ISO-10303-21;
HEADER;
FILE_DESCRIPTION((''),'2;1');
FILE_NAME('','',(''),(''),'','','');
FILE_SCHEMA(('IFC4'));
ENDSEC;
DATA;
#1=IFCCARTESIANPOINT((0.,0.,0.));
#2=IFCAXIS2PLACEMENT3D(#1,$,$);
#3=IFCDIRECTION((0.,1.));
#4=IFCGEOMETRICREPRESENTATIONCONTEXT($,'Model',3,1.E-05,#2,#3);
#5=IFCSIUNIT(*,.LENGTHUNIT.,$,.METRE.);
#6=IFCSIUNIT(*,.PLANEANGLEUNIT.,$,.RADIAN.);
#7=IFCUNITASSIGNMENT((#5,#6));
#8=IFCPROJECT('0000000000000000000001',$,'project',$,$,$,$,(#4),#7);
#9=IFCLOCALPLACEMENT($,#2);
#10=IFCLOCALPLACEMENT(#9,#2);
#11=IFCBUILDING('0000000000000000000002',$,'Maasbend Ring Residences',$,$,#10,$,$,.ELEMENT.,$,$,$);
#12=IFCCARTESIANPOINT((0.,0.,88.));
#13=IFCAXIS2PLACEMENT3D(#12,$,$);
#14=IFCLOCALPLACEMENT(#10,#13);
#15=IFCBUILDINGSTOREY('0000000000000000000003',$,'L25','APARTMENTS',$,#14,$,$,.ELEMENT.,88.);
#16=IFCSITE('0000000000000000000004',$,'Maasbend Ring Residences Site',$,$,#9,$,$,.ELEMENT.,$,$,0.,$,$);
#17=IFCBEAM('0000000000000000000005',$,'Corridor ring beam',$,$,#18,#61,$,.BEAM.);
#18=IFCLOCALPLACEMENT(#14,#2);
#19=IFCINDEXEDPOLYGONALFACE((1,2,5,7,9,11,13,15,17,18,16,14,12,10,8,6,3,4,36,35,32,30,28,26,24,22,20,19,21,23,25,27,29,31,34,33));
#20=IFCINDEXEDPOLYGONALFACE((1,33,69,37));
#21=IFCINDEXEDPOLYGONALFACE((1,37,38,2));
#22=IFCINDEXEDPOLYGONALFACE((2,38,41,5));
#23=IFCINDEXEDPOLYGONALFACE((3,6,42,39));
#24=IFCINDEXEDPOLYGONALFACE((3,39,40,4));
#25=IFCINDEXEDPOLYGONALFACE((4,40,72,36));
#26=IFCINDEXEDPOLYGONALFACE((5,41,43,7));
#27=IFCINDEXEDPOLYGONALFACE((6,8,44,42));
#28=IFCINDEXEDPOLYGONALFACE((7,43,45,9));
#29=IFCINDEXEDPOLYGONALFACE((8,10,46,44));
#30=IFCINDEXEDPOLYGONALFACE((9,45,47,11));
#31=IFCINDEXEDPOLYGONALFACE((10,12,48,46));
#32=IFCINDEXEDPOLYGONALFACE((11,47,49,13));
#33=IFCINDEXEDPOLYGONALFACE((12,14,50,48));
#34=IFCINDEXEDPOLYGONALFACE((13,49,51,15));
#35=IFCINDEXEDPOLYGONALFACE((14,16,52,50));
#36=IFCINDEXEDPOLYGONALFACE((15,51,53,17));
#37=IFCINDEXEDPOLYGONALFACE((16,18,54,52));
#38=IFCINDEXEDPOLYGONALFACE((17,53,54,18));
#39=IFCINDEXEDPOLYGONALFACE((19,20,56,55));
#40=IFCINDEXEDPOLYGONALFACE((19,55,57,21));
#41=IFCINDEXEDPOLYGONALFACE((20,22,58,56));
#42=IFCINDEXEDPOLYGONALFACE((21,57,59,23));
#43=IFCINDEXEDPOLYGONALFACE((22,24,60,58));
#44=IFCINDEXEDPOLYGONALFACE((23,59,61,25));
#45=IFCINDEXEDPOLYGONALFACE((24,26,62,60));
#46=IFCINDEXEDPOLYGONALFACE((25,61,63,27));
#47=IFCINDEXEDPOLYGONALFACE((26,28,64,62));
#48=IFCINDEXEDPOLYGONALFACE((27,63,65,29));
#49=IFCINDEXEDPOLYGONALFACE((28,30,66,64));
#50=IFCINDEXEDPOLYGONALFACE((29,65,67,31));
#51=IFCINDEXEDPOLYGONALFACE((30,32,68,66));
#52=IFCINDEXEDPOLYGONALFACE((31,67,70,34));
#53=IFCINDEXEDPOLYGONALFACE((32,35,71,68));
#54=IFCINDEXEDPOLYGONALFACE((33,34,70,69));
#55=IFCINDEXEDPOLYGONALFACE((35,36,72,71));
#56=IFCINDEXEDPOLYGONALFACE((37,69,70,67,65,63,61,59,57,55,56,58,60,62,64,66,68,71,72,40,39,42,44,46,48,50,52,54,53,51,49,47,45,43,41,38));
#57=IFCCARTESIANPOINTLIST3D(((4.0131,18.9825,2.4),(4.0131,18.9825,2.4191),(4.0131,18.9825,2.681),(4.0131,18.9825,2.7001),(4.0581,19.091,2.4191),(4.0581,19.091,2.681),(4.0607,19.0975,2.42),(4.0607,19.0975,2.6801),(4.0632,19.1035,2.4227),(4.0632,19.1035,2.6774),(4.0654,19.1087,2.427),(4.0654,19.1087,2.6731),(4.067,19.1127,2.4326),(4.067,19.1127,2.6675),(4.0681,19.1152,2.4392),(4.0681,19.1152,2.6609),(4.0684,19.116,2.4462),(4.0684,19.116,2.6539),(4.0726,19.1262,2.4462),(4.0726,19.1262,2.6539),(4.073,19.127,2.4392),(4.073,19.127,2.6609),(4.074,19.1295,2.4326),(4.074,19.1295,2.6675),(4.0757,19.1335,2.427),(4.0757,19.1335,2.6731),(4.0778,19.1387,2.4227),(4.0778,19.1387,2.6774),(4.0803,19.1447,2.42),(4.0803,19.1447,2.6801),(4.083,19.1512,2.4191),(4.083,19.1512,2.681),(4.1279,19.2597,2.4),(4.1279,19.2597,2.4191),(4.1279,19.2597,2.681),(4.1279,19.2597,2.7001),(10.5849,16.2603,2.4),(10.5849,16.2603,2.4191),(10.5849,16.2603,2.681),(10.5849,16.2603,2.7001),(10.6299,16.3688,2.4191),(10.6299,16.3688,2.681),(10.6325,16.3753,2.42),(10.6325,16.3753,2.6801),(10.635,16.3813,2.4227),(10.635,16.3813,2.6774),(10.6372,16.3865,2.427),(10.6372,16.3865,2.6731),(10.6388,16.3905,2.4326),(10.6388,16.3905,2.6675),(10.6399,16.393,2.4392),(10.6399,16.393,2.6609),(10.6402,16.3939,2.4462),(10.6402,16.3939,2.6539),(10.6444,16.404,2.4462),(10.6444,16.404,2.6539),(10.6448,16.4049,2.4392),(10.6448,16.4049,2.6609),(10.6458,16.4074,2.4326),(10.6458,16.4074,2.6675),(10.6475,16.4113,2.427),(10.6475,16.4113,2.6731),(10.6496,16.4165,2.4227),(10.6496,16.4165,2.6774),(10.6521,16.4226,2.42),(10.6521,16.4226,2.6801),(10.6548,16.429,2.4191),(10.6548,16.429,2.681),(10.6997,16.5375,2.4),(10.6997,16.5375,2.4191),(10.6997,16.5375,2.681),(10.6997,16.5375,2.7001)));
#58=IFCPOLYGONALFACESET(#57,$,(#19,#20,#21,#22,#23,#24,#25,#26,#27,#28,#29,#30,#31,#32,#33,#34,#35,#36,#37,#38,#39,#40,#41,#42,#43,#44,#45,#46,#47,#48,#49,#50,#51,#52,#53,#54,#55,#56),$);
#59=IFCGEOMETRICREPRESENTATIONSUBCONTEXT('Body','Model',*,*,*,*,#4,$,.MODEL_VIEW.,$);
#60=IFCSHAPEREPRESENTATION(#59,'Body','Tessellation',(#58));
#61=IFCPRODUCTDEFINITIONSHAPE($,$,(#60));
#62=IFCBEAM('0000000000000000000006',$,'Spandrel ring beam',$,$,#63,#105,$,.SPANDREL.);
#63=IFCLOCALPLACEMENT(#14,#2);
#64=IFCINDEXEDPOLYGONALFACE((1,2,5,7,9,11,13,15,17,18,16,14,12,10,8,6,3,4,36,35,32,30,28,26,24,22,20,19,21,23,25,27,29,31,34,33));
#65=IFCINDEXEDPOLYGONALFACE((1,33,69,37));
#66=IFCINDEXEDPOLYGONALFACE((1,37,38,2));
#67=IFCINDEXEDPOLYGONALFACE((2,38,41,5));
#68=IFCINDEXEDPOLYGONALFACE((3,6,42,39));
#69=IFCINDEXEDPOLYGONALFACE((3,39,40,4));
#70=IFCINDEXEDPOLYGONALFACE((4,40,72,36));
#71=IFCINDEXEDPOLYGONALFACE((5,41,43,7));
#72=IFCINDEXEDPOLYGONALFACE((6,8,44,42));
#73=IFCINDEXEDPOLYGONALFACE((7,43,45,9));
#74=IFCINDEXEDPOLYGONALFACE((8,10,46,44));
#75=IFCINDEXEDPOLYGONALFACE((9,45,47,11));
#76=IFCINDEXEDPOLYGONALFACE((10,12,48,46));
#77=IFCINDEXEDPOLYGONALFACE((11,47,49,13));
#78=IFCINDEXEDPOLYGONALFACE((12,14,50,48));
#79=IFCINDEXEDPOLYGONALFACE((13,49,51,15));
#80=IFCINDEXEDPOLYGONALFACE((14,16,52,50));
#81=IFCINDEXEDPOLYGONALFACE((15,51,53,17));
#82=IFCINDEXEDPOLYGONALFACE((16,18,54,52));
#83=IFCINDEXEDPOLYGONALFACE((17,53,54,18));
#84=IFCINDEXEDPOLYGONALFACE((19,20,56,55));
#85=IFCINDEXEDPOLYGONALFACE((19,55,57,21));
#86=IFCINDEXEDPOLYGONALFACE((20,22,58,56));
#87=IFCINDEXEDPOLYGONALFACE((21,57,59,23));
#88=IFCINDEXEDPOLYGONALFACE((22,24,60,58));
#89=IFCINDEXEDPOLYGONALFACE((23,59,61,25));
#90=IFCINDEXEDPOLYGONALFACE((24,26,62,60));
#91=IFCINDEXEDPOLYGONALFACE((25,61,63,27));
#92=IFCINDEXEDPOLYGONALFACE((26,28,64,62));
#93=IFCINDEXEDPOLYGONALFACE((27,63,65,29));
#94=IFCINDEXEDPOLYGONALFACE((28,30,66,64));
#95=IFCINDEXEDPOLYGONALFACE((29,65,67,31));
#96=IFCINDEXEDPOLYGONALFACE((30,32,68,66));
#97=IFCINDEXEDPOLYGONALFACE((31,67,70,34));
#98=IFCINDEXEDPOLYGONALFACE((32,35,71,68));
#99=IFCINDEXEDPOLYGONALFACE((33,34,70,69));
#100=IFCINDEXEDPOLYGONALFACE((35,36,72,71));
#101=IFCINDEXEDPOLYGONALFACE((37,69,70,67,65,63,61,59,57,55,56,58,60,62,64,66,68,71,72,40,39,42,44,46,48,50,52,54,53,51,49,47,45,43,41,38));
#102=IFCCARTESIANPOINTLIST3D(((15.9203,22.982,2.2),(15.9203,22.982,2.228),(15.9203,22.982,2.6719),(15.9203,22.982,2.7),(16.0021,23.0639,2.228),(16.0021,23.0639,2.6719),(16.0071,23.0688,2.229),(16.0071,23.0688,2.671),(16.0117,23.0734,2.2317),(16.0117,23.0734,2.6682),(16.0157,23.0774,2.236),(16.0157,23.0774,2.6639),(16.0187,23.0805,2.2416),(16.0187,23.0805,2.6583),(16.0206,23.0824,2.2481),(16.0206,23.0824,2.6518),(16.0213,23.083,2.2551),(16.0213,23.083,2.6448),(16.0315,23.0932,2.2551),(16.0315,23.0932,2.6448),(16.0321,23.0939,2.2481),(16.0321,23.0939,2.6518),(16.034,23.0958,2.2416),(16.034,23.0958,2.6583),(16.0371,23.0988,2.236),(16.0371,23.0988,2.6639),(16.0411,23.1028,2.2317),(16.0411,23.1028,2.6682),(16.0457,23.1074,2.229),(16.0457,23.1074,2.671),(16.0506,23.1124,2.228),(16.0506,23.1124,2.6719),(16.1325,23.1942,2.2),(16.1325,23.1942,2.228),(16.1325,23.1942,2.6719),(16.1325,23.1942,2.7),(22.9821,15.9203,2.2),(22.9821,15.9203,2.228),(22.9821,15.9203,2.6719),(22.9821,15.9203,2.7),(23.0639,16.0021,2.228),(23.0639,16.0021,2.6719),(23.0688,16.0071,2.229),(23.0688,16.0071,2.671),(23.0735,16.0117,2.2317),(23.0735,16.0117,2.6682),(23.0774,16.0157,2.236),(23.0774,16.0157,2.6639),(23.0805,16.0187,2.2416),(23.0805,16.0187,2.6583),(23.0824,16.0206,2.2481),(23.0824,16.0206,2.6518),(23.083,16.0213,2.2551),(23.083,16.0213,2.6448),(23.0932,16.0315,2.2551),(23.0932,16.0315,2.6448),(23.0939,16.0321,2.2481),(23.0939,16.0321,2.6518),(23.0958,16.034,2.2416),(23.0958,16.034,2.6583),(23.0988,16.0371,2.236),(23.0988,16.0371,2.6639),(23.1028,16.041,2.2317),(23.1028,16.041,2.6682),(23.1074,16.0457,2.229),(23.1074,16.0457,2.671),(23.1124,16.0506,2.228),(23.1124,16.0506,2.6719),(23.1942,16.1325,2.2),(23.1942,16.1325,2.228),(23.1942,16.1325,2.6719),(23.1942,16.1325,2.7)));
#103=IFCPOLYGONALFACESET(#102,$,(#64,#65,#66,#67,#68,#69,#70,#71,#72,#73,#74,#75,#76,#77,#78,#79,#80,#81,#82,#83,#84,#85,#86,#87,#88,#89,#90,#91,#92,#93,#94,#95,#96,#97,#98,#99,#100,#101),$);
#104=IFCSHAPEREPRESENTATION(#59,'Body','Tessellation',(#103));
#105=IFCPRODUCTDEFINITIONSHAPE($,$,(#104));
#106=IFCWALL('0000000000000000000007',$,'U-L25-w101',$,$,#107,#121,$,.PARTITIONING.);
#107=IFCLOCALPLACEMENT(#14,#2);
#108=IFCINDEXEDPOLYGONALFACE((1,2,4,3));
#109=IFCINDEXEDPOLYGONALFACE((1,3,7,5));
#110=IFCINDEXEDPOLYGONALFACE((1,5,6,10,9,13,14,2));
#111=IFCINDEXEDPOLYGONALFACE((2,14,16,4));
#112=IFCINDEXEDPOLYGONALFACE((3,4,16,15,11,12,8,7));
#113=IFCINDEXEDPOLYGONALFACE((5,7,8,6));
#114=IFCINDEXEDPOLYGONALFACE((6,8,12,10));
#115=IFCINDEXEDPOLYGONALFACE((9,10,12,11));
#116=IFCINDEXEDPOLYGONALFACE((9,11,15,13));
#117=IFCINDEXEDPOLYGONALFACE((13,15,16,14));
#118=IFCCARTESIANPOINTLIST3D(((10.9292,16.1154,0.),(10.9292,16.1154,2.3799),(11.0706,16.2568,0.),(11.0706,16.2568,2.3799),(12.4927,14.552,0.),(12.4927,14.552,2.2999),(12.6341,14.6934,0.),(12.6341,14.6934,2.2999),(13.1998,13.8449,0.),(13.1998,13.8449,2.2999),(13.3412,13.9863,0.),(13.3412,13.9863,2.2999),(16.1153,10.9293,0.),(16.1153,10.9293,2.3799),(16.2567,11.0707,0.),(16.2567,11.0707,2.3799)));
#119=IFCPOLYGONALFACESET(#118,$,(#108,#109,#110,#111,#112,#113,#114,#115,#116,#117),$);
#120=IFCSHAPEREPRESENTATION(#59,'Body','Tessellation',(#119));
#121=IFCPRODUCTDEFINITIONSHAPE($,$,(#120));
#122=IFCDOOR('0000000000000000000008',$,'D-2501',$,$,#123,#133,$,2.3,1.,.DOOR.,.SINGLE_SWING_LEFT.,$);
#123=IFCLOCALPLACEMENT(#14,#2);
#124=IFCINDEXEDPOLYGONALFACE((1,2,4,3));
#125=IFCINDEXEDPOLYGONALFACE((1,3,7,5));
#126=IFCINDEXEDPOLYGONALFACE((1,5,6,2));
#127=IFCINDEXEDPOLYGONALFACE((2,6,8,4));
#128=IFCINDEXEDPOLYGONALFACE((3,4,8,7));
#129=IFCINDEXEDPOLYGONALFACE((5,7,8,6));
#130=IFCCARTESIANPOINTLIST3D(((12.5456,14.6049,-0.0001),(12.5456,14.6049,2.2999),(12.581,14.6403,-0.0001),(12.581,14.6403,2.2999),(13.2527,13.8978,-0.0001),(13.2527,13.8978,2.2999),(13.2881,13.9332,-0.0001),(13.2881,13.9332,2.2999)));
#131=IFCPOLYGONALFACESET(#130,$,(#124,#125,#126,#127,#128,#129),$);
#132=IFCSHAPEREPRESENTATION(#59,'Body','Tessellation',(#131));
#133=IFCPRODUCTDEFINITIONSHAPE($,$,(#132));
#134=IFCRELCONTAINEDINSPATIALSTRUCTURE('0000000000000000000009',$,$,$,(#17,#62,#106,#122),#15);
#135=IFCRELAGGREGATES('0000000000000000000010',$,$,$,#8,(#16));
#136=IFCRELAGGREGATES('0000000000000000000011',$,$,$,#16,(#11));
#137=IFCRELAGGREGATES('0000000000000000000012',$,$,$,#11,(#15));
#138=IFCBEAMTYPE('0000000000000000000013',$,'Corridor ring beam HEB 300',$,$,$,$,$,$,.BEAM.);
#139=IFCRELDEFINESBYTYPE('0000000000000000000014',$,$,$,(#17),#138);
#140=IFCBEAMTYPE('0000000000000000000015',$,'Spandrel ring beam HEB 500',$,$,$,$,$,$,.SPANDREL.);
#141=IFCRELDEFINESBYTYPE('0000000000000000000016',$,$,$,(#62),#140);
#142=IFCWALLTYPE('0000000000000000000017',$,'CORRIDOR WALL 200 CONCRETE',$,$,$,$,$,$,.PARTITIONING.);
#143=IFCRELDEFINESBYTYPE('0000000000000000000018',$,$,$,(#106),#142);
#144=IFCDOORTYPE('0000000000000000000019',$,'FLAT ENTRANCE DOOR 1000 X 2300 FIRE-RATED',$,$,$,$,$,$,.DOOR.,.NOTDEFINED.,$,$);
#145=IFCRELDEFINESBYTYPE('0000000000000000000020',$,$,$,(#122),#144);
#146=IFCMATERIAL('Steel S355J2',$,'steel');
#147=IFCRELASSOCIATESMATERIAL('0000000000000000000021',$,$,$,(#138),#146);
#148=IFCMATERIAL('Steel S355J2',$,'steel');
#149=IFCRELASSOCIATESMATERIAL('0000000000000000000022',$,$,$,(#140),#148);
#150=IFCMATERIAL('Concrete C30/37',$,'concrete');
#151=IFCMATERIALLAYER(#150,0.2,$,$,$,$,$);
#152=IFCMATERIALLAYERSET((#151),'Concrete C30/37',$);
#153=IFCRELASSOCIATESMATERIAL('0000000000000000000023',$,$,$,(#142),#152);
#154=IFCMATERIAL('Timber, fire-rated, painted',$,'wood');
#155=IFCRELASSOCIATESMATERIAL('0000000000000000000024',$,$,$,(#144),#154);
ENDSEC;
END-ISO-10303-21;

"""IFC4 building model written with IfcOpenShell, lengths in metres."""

from ifc_helpers import new_model, si_unit, direction, frame, frame_2d, origin, origin_2d, place, context, subcontext, project, spatial, rectangle, i_section, extrude, material, layer, layer_set, material_profile, profile_set, type_object, element, fill, save


model = new_model("IFC4")

# Units and contexts
model_context = context("Model", 3, precision=1e-05, world=origin(), true_north=direction((0.0, 1.0)))
body_context = subcontext(model_context, "Body", "Model", "MODEL_VIEW")
ifc_project = project(units=[si_unit("LENGTHUNIT", "METRE"), si_unit("PLANEANGLEUNIT", "RADIAN")], contexts=[model_context])

# Site, building, storey
site_placement = place(None, origin())
site = spatial("IfcSite", under=ifc_project, at=site_placement, Name="Maasbend Ring Residences Site", CompositionType="ELEMENT", RefElevation=0.0)
building_placement = place(site_placement, origin())
building = spatial("IfcBuilding", under=site, at=building_placement, Name="Maasbend Ring Residences", CompositionType="ELEMENT")
storey_placement = place(building_placement, frame((0.0, 0.0, 88.0)))
storey = spatial("IfcBuildingStorey", under=building, at=storey_placement, Name="L25", Description="APARTMENTS", CompositionType="ELEMENT", Elevation=88.0)

# Beams
ifc_material_1 = material(Name="Steel S355J2", Category="steel")
ifc_material_profile_1 = material_profile(ifc_material_1, i_section(OverallWidth=0.3, OverallDepth=0.3, WebThickness=0.011, FlangeThickness=0.019, FilletRadius=0.0271, at=origin_2d()), Name="HEB 300")
ifc_profile_set_1 = profile_set([ifc_material_profile_1], Name="Steel S355J2")
beam_type_1 = type_object("IfcBeamType", Name="Corridor ring beam HEB 300", PredefinedType="BEAM", material=ifc_profile_set_1)
for number, where, z_axis, x_axis, name in (
    (1, (10.6423, 16.3989, 2.55), (-0.923877, 0.382689, 0.0), (-0.382689, -0.923877, 0.0), "Corridor ring beam"),
):
    element("IfcBeam", number, at=place(storey_placement, frame(where, z_axis=z_axis, x_axis=x_axis)), inside=storey, type_object=beam_type_1, Name=name, PredefinedType="BEAM", context=body_context, shape_type="SweptSolid", body=[
        extrude(i_section(OverallWidth=0.3, OverallDepth=0.3, WebThickness=0.011, FlangeThickness=0.019, FilletRadius=0.0271, at=origin_2d()), origin(), (0.0, 0.0, 1.0), 7.1133),
    ])
ifc_material_2 = material(Name="Steel S355J2", Category="steel")
ifc_material_profile_2 = material_profile(ifc_material_2, i_section(OverallWidth=0.3, OverallDepth=0.5, WebThickness=0.0144, FlangeThickness=0.0281, FilletRadius=0.0271, at=origin_2d()), Name="HEB 500")
ifc_profile_set_2 = profile_set([ifc_material_profile_2], Name="Steel S355J2")
beam_type_2 = type_object("IfcBeamType", Name="Spandrel ring beam HEB 500", PredefinedType="SPANDREL", material=ifc_profile_set_2)
beam_placement = place(storey_placement, frame((23.0881, 16.0264, 2.45), z_axis=(-0.707107, 0.707107, 0.0), x_axis=(-0.707107, -0.707107, 0.0)))
element("IfcBeam", 2, at=beam_placement, inside=storey, type_object=beam_type_2, Name="Spandrel ring beam", PredefinedType="SPANDREL", context=body_context, shape_type="SweptSolid", body=[
    extrude(i_section(OverallWidth=0.3, OverallDepth=0.5, WebThickness=0.0144, FlangeThickness=0.0281, FilletRadius=0.0271, at=origin_2d()), origin(), (0.0, 0.0, 1.0), 9.9868),
])

# Wall, opening, door
ifc_material_3 = material(Name="Concrete C30/37", Category="concrete")
ifc_layer_1 = layer(ifc_material_3, 0.2)
ifc_layer_set_1 = layer_set([ifc_layer_1], Name="Concrete C30/37")
wall_type_1 = type_object("IfcWallType", Name="CORRIDOR WALL 200 CONCRETE", PredefinedType="PARTITIONING", material=ifc_layer_set_1)
wall_1_placement = place(storey_placement, frame((11.0, 16.186, 0.0), z_axis=(0.0, 0.0, 1.0), x_axis=(0.707107, -0.707107, 0.0)))
wall_1 = element("IfcWall", 3, at=wall_1_placement, inside=storey, type_object=wall_type_1, Name="U-L25-w101", PredefinedType="PARTITIONING", context=body_context, shape_type="SweptSolid", body=[
    extrude(rectangle(XDim=7.3342, YDim=0.2, at=frame_2d((3.667, 0.0))), origin(), (0.0, 0.0, 1.0), 2.3799),
])
opening_1_placement = place(wall_1_placement, frame((2.2109, 0.0, 0.0)))
opening_1 = element("IfcOpeningElement", 4, at=opening_1_placement, cuts=wall_1, PredefinedType="OPENING", context=body_context, shape_type="SweptSolid", body=[
    extrude(rectangle(XDim=1.0, YDim=2.3, at=frame_2d((0.5, 1.1499))), frame((0.0, 0.1099, 0.0), z_axis=(0.0, -1.0, 0.0), x_axis=(1.0, 0.0, 0.0)), (0.0, 0.0, 1.0), 0.22),
])
ifc_material_4 = material(Name="Timber, fire-rated, painted", Category="wood")
door_type_1 = type_object("IfcDoorType", Name="FLAT ENTRANCE DOOR 1000 X 2300 FIRE-RATED", OperationType="NOTDEFINED", PredefinedType="DOOR", material=ifc_material_4)
door_1_placement = place(opening_1_placement, origin())
door_1 = element("IfcDoor", 5, at=door_1_placement, inside=storey, type_object=door_type_1, Name="D-2501", OperationType="SINGLE_SWING_LEFT", OverallHeight=2.3, OverallWidth=1.0, PredefinedType="DOOR", context=body_context, shape_type="SweptSolid", body=[
    extrude(rectangle(XDim=1.0, YDim=2.3, at=frame_2d((0.5, 1.1499))), frame((0.0, 0.0249, 0.0), z_axis=(0.0, -1.0, 0.0), x_axis=(1.0, 0.0, 0.0)), (0.0, 0.0, 1.0), 0.05),
])
fill(opening_1, door_1)

save(model, "model.ifc")
